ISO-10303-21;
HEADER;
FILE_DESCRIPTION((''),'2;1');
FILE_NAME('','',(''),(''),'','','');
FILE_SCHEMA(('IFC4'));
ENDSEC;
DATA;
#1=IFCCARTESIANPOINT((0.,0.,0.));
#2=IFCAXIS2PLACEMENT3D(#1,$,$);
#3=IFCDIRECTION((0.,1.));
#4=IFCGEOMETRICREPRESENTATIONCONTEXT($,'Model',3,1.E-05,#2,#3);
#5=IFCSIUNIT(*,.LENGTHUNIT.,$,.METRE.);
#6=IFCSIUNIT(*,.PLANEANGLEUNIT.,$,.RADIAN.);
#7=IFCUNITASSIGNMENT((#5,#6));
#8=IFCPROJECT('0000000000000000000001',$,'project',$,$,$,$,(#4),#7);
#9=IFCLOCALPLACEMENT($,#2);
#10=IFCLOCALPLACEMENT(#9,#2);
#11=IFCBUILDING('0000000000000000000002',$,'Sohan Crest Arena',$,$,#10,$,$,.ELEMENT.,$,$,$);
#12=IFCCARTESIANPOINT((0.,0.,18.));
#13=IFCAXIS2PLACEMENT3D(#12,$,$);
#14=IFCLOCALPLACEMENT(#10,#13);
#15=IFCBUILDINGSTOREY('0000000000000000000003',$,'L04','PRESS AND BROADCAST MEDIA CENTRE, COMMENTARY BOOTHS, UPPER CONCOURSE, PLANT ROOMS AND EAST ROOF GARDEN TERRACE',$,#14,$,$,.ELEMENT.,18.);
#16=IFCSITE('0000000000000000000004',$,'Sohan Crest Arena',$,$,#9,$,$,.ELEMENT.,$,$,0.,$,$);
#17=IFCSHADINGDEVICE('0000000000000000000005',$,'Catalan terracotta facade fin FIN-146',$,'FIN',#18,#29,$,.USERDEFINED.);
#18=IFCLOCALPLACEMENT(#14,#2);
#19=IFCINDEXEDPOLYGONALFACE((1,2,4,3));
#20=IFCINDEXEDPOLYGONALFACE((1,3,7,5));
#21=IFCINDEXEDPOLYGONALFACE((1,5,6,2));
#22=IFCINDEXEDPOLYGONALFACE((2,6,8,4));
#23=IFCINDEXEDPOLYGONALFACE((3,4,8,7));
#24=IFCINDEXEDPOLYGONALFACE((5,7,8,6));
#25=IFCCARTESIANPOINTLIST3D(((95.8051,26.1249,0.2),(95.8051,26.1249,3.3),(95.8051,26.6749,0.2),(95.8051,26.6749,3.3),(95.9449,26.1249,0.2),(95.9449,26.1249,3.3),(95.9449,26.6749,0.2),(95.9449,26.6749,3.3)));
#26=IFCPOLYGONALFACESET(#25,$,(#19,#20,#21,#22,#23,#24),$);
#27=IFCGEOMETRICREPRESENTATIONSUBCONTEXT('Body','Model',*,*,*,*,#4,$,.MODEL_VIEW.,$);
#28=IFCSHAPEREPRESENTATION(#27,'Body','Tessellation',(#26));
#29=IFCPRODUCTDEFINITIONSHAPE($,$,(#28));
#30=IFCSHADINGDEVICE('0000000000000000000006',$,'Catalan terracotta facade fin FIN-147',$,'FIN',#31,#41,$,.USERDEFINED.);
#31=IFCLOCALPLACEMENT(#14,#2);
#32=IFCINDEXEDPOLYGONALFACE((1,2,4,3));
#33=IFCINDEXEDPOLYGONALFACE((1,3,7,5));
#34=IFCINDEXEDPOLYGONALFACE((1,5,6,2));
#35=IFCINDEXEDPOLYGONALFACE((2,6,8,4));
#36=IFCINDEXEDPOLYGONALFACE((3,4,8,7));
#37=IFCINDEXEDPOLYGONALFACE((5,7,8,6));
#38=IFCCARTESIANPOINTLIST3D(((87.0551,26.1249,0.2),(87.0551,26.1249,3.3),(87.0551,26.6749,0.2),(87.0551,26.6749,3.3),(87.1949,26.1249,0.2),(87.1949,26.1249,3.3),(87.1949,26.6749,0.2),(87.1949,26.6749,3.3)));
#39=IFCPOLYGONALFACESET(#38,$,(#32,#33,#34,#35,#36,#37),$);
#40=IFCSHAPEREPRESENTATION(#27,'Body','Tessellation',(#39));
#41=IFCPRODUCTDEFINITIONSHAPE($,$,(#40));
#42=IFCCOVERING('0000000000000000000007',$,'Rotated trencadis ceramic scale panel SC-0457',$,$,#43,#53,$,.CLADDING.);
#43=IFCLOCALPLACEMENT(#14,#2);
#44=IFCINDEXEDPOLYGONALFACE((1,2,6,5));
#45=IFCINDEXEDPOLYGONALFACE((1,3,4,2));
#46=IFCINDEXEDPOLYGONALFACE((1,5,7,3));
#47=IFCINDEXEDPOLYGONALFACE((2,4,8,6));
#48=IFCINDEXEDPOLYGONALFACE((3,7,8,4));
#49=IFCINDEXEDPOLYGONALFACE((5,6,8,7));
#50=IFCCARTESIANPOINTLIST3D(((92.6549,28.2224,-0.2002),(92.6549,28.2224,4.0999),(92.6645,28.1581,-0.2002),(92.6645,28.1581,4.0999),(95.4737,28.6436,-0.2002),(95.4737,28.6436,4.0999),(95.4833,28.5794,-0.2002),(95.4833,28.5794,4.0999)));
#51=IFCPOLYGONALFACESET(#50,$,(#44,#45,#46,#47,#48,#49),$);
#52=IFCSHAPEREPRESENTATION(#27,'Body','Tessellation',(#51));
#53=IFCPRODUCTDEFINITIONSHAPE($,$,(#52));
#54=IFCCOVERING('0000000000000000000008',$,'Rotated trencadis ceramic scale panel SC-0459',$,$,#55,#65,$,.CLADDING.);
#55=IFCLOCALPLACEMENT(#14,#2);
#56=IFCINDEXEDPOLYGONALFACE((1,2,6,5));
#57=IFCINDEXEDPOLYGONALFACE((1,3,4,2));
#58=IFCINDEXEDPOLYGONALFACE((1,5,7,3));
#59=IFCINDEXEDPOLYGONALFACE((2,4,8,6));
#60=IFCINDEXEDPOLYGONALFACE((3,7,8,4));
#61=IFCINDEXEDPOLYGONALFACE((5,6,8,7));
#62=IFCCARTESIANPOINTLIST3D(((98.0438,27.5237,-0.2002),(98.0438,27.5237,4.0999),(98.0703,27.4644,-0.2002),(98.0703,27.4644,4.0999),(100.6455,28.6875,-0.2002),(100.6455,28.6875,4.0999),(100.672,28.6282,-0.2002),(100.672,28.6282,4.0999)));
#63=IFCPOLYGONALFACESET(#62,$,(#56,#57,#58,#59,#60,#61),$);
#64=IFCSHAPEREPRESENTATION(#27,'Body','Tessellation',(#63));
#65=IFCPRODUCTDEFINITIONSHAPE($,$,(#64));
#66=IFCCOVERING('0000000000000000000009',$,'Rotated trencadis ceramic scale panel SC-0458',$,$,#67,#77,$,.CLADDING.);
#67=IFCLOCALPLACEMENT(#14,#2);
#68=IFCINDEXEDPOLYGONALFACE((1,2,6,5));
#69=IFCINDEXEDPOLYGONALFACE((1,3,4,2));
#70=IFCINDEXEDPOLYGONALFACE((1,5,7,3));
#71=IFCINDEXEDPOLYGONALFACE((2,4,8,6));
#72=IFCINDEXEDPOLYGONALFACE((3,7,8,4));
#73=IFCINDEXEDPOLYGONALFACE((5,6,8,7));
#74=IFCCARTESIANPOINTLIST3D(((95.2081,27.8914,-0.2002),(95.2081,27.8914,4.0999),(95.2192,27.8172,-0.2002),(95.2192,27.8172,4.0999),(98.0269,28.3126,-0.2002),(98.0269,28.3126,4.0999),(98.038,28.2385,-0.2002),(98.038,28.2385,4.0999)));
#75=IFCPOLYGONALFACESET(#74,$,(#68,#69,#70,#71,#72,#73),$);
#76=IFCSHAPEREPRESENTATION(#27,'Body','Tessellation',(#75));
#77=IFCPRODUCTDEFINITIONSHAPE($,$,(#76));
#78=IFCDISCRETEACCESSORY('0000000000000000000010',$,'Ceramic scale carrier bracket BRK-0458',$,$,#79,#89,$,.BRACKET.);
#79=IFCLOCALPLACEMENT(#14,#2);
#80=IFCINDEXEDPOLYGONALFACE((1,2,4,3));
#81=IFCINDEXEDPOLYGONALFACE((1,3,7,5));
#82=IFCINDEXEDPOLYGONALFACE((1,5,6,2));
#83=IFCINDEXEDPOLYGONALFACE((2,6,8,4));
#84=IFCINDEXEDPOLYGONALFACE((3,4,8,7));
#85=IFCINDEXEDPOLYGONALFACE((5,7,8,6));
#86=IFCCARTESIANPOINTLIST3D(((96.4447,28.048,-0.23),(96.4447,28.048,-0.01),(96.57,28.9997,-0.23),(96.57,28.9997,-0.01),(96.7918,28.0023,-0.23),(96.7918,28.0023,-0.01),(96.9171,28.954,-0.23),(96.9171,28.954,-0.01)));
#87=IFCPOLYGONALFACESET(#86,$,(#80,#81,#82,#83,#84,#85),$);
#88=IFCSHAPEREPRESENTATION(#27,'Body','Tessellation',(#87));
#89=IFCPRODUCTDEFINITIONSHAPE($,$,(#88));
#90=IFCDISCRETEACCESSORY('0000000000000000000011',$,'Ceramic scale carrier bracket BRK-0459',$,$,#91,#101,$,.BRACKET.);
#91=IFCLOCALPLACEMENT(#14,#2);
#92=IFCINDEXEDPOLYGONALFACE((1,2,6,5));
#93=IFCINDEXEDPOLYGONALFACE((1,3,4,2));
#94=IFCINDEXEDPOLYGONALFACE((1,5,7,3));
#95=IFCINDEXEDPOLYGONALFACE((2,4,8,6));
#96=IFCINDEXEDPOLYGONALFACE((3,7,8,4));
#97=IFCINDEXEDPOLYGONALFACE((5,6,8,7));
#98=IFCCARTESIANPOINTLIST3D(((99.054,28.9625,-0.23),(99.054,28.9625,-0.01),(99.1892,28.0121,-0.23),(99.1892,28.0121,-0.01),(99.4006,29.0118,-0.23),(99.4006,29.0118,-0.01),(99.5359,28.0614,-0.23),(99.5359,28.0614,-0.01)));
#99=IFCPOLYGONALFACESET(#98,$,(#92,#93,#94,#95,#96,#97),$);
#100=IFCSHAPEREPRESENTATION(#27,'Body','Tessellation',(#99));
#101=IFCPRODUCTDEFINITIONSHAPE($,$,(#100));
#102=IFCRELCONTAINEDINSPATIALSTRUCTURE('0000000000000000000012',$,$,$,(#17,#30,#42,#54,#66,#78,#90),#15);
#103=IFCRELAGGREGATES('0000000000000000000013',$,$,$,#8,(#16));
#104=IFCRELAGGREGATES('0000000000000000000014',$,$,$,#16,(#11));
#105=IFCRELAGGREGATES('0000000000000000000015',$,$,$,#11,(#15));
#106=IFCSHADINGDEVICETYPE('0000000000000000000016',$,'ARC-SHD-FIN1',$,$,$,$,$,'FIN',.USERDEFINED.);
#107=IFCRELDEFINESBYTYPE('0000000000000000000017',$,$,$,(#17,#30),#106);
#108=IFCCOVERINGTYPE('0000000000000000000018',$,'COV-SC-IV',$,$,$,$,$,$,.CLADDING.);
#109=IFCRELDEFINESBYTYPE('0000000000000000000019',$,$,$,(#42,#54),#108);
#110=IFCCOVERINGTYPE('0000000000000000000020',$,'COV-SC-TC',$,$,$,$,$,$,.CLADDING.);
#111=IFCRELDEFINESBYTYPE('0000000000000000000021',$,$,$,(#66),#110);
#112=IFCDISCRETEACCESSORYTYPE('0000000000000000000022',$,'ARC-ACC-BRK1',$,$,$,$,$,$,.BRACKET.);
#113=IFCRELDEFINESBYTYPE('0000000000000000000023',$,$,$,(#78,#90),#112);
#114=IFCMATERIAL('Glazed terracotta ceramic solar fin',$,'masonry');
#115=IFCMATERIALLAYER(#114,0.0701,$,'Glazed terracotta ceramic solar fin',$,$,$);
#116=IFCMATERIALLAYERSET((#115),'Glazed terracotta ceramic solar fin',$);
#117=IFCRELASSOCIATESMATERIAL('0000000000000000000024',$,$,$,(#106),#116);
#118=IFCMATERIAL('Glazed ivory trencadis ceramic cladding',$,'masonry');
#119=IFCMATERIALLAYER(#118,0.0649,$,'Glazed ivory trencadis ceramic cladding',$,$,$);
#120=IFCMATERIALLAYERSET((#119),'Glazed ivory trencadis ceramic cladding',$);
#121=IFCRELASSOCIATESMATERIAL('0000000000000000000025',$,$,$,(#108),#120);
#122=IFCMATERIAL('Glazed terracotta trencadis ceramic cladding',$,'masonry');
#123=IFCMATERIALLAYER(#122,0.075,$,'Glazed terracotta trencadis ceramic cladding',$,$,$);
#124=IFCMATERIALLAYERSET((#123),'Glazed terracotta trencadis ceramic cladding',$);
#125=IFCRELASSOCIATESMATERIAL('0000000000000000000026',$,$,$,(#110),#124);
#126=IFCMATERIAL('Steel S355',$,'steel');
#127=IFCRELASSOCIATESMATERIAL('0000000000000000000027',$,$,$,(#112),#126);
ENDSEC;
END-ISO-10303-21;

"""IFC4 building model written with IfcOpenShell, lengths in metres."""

from ifc_helpers import new_model, si_unit, direction, frame, origin, origin_2d, place, context, subcontext, project, spatial, rectangle, extrude, material, layer, layer_set, type_object, element, save


model = new_model("IFC4")

# Units and contexts
model_context = context("Model", 3, precision=1e-05, world=origin(), true_north=direction((0.0, 1.0)))
body_context = subcontext(model_context, "Body", "Model", "MODEL_VIEW")
ifc_project = project(units=[si_unit("LENGTHUNIT", "METRE"), si_unit("PLANEANGLEUNIT", "RADIAN")], contexts=[model_context])

# Site, building, storey
site_placement = place(None, origin())
site = spatial("IfcSite", under=ifc_project, at=site_placement, Name="Sohan Crest Arena", CompositionType="ELEMENT", RefElevation=0.0)
building_placement = place(site_placement, origin())
building = spatial("IfcBuilding", under=site, at=building_placement, Name="Sohan Crest Arena", CompositionType="ELEMENT")
storey_placement = place(building_placement, frame((0.0, 0.0, 18.0)))
storey = spatial("IfcBuildingStorey", under=building, at=storey_placement, Name="L04", Description="PRESS AND BROADCAST MEDIA CENTRE, COMMENTARY BOOTHS, UPPER CONCOURSE, PLANT ROOMS AND EAST ROOF GARDEN TERRACE", CompositionType="ELEMENT", Elevation=18.0)

# Shared definitions
ifc_material_1 = material(Name="Steel S355", Category="steel")

# Shading devices
ifc_material_2 = material(Name="Glazed terracotta ceramic solar fin", Category="masonry")
ifc_layer_1 = layer(ifc_material_2, 0.0701, Name="Glazed terracotta ceramic solar fin")
ifc_layer_set_1 = layer_set([ifc_layer_1], Name="Glazed terracotta ceramic solar fin")
shading_device_type = type_object("IfcShadingDeviceType", Name="ARC-SHD-FIN1", ElementType="FIN", PredefinedType="USERDEFINED", material=ifc_layer_set_1)
for number, where, z_axis, x_axis, name in (
    (1, (95.875, 26.3999, 0.2), (0.0, 0.0, 1.0), (-1.0, 0.0, 0.0), "Catalan terracotta facade fin FIN-146"),
    (2, (87.125, 26.3999, 0.2), (0.0, 0.0, 1.0), (-1.0, 0.0, 0.0), "Catalan terracotta facade fin FIN-147"),
):
    element("IfcShadingDevice", number, at=place(storey_placement, frame(where, z_axis=z_axis, x_axis=x_axis)), inside=storey, type_object=shading_device_type, Name=name, ObjectType="FIN", PredefinedType="USERDEFINED", context=body_context, shape_type="SweptSolid", body=[
        extrude(rectangle(XDim=0.1399, YDim=0.55, at=origin_2d()), origin(), (0.0, 0.0, 1.0), 3.1001),
    ])

# Coverings
ifc_material_3 = material(Name="Glazed ivory trencadis ceramic cladding", Category="masonry")
ifc_layer_2 = layer(ifc_material_3, 0.0649, Name="Glazed ivory trencadis ceramic cladding")
ifc_layer_set_2 = layer_set([ifc_layer_2], Name="Glazed ivory trencadis ceramic cladding")
covering_type_1 = type_object("IfcCoveringType", Name="COV-SC-IV", PredefinedType="CLADDING", material=ifc_layer_set_2)
for number, where, z_axis, x_axis, name in (
    (3, (94.0691, 28.4009, -0.2002), (0.0, 0.0, 1.0), (0.989016, 0.147809, 0.0), "Rotated trencadis ceramic scale panel SC-0457"),
    (4, (99.3579, 28.0759, -0.2002), (0.0, 0.0, 1.0), (0.912834, 0.40833, 0.0), "Rotated trencadis ceramic scale panel SC-0459"),
):
    element("IfcCovering", number, at=place(storey_placement, frame(where, z_axis=z_axis, x_axis=x_axis)), inside=storey, type_object=covering_type_1, Name=name, PredefinedType="CLADDING", context=body_context, shape_type="SweptSolid", body=[
        extrude(rectangle(XDim=2.8501, YDim=0.0649, at=origin_2d()), origin(), (0.0, 0.0, 1.0), 4.3),
    ])
ifc_material_4 = material(Name="Glazed terracotta trencadis ceramic cladding", Category="masonry")
ifc_layer_3 = layer(ifc_material_4, 0.075, Name="Glazed terracotta trencadis ceramic cladding")
ifc_layer_set_3 = layer_set([ifc_layer_3], Name="Glazed terracotta trencadis ceramic cladding")
covering_type_2 = type_object("IfcCoveringType", Name="COV-SC-TC", PredefinedType="CLADDING", material=ifc_layer_set_3)
covering_placement = place(storey_placement, frame((96.623, 28.0649, -0.2002), z_axis=(0.0, 0.0, 1.0), x_axis=(0.989016, 0.147809, 0.0)))
element("IfcCovering", 5, at=covering_placement, inside=storey, type_object=covering_type_2, Name="Rotated trencadis ceramic scale panel SC-0458", PredefinedType="CLADDING", context=body_context, shape_type="SweptSolid", body=[
    extrude(rectangle(XDim=2.8501, YDim=0.075, at=origin_2d()), origin(), (0.0, 0.0, 1.0), 4.3),
])

# Discrete accessories
discrete_accessory_type = type_object("IfcDiscreteAccessoryType", Name="ARC-ACC-BRK1", PredefinedType="BRACKET", material=ifc_material_1)
for number, where, z_axis, x_axis, name in (
    (6, (96.6809, 28.501, -0.23), (0.0, 0.0, 1.0), (0.991445, -0.130526, 0.0), "Ceramic scale carrier bracket BRK-0458"),
    (7, (99.2949, 28.512, -0.23), (0.0, 0.0, 1.0), (0.990024, 0.140901, 0.0), "Ceramic scale carrier bracket BRK-0459"),
):
    element("IfcDiscreteAccessory", number, at=place(storey_placement, frame(where, z_axis=z_axis, x_axis=x_axis)), inside=storey, type_object=discrete_accessory_type, Name=name, PredefinedType="BRACKET", context=body_context, shape_type="SweptSolid", body=[
        extrude(rectangle(XDim=0.3501, YDim=0.96, at=origin_2d()), origin(), (0.0, 0.0, 1.0), 0.22),
    ])

save(model, "model.ifc")
